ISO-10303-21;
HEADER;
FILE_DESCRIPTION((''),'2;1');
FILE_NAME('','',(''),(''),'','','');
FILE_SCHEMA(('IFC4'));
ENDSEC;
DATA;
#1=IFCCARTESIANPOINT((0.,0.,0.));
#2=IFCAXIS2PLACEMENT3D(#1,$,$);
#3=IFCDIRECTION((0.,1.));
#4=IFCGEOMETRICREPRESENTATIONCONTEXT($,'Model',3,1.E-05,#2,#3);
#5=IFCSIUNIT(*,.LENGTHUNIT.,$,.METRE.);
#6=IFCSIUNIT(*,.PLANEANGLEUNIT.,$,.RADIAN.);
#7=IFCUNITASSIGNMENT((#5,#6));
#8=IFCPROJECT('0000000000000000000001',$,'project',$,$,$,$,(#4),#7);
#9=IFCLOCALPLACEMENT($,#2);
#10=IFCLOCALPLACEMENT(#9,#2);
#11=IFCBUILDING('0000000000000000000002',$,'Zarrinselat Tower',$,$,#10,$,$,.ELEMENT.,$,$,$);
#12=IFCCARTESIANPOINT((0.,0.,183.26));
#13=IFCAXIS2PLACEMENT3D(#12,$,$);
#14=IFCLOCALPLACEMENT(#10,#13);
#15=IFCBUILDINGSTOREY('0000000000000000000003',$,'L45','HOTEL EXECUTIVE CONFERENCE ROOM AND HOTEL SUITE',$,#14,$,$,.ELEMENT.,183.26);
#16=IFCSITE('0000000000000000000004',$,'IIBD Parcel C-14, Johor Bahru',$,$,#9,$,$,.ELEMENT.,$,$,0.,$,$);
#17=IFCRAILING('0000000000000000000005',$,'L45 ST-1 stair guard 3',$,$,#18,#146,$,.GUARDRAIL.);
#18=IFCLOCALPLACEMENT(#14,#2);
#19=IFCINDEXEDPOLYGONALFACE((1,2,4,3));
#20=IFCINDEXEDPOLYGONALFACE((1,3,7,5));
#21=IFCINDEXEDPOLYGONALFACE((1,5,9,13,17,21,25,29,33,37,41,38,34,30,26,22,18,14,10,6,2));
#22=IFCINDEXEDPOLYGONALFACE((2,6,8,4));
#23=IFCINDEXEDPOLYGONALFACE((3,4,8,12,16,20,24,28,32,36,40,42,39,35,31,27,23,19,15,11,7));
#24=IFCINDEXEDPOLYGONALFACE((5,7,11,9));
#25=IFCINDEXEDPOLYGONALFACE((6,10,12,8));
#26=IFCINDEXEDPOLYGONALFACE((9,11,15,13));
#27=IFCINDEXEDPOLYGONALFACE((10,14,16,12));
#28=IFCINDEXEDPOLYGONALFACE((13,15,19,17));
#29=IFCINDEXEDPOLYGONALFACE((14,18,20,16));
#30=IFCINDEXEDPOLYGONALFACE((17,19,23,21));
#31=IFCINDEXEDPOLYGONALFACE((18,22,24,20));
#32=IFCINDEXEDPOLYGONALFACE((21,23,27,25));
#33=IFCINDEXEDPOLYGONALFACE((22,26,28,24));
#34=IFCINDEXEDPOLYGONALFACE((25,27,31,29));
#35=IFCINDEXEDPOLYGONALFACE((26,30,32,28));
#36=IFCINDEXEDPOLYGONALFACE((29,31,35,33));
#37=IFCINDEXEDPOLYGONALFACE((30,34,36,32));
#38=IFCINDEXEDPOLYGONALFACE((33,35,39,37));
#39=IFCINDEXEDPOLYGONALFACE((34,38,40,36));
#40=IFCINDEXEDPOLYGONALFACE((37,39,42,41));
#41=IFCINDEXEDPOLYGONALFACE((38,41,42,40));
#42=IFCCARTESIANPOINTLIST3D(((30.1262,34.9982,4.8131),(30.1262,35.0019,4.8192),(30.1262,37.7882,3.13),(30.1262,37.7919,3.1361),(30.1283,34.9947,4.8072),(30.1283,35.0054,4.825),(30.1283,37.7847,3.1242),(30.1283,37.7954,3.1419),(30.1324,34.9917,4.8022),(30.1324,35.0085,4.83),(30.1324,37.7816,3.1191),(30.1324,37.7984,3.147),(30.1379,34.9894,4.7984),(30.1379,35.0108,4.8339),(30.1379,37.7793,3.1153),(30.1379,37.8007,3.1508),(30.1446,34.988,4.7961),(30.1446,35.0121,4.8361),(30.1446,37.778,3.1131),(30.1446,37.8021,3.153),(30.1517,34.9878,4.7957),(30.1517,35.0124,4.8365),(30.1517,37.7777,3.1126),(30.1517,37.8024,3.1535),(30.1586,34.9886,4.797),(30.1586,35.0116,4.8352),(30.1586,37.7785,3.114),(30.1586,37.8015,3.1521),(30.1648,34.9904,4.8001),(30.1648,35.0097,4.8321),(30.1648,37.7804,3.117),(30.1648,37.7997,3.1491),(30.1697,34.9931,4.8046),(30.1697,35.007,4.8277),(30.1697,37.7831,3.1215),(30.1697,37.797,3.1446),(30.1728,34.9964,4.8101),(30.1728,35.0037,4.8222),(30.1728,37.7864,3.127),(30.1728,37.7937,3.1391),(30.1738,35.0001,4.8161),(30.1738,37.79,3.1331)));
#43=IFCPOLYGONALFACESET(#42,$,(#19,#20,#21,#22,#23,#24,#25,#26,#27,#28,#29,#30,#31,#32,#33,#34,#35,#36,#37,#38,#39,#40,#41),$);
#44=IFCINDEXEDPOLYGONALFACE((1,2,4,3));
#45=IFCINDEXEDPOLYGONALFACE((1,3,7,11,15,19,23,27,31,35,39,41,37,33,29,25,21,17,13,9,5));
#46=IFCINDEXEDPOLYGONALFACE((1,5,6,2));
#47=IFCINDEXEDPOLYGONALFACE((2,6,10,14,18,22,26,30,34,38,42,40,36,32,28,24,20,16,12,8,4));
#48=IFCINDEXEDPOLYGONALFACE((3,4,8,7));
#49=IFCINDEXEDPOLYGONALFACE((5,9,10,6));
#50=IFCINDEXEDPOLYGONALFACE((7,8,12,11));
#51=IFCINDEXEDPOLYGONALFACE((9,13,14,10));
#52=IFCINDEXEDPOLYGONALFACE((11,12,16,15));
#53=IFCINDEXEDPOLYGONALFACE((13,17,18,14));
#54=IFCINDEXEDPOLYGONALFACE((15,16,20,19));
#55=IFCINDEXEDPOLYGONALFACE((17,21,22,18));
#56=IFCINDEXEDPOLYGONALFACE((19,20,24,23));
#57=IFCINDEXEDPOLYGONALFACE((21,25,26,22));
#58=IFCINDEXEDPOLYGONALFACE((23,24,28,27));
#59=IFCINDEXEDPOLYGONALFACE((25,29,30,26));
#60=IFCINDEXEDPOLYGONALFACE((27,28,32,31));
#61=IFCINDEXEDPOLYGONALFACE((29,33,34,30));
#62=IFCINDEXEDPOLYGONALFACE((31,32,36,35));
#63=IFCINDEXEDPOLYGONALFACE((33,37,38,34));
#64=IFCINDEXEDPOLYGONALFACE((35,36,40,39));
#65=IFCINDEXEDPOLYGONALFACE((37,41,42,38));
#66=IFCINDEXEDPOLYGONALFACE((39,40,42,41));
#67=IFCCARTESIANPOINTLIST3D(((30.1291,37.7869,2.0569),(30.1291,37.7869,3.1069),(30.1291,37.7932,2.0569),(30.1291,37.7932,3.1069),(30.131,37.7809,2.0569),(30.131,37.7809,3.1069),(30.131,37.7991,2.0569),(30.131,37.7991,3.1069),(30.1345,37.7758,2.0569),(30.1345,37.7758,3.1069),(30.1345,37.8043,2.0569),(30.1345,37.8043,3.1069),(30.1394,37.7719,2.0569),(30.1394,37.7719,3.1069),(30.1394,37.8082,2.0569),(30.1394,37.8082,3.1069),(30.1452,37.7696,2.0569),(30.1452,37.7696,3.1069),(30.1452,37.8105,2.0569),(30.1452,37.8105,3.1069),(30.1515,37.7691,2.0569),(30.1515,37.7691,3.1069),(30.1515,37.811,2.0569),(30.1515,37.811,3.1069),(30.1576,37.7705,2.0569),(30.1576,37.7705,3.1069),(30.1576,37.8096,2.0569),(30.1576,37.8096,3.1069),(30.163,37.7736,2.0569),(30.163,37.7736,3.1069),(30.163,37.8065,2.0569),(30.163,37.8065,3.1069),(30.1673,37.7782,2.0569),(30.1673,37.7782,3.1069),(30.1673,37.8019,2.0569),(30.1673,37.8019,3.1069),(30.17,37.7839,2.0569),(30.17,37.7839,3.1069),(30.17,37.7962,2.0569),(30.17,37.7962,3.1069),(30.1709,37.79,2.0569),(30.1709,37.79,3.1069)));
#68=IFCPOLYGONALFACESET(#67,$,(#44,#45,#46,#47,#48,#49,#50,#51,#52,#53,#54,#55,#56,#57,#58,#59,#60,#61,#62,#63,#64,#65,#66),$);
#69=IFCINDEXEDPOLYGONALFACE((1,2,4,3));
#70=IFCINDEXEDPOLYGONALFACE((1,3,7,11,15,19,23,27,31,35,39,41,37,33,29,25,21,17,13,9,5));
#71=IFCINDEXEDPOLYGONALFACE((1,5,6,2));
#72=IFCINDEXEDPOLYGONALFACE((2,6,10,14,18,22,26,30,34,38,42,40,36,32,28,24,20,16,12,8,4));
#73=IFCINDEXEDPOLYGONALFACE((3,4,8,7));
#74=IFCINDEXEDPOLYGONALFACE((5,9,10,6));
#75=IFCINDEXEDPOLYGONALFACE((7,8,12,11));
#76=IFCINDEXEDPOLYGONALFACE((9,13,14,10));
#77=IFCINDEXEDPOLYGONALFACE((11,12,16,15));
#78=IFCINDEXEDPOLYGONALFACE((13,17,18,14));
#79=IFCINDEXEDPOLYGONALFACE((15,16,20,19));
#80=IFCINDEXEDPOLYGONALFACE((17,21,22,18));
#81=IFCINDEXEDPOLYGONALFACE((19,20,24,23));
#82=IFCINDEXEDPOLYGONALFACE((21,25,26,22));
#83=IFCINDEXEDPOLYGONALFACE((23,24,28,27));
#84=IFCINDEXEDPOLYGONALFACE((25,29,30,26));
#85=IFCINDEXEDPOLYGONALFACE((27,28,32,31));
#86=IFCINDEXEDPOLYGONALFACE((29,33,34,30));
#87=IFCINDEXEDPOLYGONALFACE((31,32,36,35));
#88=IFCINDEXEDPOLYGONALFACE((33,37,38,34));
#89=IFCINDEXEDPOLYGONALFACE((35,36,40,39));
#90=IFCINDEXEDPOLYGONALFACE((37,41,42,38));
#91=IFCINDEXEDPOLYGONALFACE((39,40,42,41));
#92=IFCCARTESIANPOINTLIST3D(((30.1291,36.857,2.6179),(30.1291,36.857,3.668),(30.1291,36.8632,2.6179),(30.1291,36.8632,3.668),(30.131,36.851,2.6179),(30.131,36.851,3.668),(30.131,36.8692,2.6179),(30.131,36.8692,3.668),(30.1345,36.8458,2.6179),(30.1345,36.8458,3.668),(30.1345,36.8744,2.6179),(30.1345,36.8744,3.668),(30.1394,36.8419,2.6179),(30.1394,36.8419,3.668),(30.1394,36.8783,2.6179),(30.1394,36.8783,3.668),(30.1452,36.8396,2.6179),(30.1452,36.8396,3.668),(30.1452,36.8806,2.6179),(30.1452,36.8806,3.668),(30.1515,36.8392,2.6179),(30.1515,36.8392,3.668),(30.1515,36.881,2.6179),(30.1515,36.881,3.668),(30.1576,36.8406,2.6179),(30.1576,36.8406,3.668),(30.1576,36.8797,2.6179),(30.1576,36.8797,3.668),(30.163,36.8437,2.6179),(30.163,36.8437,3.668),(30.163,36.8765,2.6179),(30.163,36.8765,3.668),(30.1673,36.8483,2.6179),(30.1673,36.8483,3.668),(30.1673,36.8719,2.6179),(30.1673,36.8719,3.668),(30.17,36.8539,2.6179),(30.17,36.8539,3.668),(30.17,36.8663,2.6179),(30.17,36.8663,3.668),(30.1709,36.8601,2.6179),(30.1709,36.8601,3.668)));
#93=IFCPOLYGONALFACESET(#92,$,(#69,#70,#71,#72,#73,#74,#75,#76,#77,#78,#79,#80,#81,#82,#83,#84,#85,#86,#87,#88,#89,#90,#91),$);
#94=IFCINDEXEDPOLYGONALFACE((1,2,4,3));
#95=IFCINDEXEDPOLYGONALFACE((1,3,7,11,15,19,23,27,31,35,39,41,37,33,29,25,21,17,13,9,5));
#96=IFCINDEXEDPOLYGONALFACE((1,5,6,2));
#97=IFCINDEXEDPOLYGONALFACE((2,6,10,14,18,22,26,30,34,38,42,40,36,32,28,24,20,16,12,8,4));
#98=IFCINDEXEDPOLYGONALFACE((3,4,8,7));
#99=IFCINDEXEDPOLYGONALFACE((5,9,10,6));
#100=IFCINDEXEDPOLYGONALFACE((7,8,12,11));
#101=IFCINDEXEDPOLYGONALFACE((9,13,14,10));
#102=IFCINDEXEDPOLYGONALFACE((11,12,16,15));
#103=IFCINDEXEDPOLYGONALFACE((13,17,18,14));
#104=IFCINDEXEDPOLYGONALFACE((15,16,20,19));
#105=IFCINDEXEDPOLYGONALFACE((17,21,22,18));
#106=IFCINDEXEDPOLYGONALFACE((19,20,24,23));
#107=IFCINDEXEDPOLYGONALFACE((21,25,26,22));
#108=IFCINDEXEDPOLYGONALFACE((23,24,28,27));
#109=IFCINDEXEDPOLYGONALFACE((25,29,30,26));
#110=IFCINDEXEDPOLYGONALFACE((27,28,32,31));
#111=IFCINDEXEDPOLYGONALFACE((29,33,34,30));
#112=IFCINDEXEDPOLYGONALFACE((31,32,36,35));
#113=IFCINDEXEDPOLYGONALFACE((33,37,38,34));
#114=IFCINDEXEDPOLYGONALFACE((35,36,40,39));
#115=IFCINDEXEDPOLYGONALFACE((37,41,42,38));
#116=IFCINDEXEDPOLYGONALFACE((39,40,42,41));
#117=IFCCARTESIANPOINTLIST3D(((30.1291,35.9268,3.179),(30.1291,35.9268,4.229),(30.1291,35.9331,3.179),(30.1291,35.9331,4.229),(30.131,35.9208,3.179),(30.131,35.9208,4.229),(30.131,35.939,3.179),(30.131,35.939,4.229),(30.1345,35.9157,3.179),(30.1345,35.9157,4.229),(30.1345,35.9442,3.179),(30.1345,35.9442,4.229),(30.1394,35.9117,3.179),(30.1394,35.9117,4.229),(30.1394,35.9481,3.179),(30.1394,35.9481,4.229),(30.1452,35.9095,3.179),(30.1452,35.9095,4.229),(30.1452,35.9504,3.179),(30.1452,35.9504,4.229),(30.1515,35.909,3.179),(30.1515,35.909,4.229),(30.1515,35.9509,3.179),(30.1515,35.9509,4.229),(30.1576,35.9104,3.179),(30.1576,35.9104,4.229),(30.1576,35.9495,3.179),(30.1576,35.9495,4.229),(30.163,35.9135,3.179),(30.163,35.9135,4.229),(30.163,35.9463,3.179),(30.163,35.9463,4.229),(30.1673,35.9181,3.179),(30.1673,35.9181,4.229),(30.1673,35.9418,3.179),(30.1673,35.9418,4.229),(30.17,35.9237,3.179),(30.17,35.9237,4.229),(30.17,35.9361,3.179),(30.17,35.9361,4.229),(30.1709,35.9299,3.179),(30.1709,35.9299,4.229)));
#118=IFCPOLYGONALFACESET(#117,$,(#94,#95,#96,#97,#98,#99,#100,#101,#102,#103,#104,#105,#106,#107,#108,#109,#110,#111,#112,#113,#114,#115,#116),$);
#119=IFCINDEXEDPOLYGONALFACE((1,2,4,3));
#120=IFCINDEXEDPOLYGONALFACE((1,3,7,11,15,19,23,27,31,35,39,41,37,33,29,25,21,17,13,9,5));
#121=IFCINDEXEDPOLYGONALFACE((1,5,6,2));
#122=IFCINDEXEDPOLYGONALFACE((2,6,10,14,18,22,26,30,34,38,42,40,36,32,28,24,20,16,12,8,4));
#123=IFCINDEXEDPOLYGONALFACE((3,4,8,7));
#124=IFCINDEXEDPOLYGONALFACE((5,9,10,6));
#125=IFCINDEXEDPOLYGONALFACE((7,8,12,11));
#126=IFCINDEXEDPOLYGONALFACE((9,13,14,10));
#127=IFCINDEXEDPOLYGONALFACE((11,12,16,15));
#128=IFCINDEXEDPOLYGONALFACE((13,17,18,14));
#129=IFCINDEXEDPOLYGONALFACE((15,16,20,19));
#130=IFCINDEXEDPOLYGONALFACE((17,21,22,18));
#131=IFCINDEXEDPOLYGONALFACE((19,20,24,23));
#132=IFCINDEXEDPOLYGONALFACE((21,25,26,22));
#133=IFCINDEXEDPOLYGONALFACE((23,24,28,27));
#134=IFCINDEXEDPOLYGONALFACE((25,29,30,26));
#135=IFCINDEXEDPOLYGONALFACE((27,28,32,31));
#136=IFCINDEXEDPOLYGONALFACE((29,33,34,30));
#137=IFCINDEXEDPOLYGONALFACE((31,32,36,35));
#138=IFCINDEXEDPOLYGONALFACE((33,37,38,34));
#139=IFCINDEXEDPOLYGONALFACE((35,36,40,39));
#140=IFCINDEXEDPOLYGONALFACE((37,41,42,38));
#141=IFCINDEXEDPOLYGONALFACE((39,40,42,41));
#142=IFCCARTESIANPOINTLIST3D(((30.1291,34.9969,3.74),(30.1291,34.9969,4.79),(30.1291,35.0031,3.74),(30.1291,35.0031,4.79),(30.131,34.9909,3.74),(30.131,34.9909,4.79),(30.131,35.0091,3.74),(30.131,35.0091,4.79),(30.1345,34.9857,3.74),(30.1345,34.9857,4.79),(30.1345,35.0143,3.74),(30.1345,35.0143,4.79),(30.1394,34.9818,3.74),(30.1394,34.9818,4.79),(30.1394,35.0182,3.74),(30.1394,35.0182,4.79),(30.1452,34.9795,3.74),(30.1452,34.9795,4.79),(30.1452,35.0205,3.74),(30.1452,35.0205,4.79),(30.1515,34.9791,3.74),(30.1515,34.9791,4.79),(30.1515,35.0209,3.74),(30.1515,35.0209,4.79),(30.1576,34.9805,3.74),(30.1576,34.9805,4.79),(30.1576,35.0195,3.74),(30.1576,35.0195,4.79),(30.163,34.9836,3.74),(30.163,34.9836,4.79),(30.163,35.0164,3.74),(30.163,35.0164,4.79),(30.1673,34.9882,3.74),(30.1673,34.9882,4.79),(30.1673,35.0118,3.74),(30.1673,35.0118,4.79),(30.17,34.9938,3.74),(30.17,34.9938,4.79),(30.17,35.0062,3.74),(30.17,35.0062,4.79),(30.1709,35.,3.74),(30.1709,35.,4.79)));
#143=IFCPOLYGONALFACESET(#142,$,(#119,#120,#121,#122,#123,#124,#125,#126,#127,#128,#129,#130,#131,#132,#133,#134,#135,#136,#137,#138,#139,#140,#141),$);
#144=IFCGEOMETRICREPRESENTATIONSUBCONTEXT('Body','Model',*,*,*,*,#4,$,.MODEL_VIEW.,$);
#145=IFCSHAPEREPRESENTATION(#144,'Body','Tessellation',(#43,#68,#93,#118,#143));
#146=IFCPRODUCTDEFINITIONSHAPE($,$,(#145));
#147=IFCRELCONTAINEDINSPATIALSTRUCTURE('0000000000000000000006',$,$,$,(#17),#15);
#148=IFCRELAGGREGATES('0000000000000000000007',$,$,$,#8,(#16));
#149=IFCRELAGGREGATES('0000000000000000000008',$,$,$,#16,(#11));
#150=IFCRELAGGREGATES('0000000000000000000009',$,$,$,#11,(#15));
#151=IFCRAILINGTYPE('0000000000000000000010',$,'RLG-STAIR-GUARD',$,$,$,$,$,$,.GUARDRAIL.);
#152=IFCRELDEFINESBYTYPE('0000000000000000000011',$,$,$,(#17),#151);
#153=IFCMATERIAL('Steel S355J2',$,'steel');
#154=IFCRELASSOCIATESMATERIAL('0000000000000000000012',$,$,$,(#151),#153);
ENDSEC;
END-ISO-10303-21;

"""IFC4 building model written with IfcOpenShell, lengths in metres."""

from ifc_helpers import new_model, si_unit, direction, frame, origin, origin_2d, place, context, subcontext, project, spatial, circle, extrude, material, type_object, element, save


model = new_model("IFC4")

# Units and contexts
model_context = context("Model", 3, precision=1e-05, world=origin(), true_north=direction((0.0, 1.0)))
body_context = subcontext(model_context, "Body", "Model", "MODEL_VIEW")
ifc_project = project(units=[si_unit("LENGTHUNIT", "METRE"), si_unit("PLANEANGLEUNIT", "RADIAN")], contexts=[model_context])

# Site, building, storey
site_placement = place(None, origin())
site = spatial("IfcSite", under=ifc_project, at=site_placement, Name="IIBD Parcel C-14, Johor Bahru", CompositionType="ELEMENT", RefElevation=0.0)
building_placement = place(site_placement, origin())
building = spatial("IfcBuilding", under=site, at=building_placement, Name="Zarrinselat Tower", CompositionType="ELEMENT")
storey_placement = place(building_placement, frame((0.0, 0.0, 183.26)))
storey = spatial("IfcBuildingStorey", under=building, at=storey_placement, Name="L45", Description="HOTEL EXECUTIVE CONFERENCE ROOM AND HOTEL SUITE", CompositionType="ELEMENT", Elevation=183.26)

# Railing
ifc_material_1 = material(Name="Steel S355J2", Category="steel")
railing_type_1 = type_object("IfcRailingType", Name="RLG-STAIR-GUARD", PredefinedType="GUARDRAIL", material=ifc_material_1)
railing_1_placement = place(storey_placement, frame((30.1499, 37.79, 2.0569)))
element("IfcRailing", 1, at=railing_1_placement, inside=storey, type_object=railing_type_1, Name="L45 ST-1 stair guard 3", PredefinedType="GUARDRAIL", context=body_context, shape_type="SweptSolid", body=[
    extrude(circle(Radius=0.0239, at=origin_2d()), frame((0.0, 0.0, 1.0762), z_axis=(0.0, -0.856261, 0.516544), x_axis=(1.0, 0.0, 0.0)), (0.0, 0.0, 1.0), 3.2583),
    extrude(circle(Radius=0.021, at=origin_2d()), origin(), (0.0, 0.0, 1.0), 1.05),
    extrude(circle(Radius=0.021, at=origin_2d()), frame((0.0, -0.9299, 0.561)), (0.0, 0.0, 1.0), 1.05),
    extrude(circle(Radius=0.021, at=origin_2d()), frame((0.0, -1.8601, 1.1221)), (0.0, 0.0, 1.0), 1.05),
    extrude(circle(Radius=0.021, at=origin_2d()), frame((0.0, -2.79, 1.6831)), (0.0, 0.0, 1.0), 1.05),
])

save(model, "model.ifc")
